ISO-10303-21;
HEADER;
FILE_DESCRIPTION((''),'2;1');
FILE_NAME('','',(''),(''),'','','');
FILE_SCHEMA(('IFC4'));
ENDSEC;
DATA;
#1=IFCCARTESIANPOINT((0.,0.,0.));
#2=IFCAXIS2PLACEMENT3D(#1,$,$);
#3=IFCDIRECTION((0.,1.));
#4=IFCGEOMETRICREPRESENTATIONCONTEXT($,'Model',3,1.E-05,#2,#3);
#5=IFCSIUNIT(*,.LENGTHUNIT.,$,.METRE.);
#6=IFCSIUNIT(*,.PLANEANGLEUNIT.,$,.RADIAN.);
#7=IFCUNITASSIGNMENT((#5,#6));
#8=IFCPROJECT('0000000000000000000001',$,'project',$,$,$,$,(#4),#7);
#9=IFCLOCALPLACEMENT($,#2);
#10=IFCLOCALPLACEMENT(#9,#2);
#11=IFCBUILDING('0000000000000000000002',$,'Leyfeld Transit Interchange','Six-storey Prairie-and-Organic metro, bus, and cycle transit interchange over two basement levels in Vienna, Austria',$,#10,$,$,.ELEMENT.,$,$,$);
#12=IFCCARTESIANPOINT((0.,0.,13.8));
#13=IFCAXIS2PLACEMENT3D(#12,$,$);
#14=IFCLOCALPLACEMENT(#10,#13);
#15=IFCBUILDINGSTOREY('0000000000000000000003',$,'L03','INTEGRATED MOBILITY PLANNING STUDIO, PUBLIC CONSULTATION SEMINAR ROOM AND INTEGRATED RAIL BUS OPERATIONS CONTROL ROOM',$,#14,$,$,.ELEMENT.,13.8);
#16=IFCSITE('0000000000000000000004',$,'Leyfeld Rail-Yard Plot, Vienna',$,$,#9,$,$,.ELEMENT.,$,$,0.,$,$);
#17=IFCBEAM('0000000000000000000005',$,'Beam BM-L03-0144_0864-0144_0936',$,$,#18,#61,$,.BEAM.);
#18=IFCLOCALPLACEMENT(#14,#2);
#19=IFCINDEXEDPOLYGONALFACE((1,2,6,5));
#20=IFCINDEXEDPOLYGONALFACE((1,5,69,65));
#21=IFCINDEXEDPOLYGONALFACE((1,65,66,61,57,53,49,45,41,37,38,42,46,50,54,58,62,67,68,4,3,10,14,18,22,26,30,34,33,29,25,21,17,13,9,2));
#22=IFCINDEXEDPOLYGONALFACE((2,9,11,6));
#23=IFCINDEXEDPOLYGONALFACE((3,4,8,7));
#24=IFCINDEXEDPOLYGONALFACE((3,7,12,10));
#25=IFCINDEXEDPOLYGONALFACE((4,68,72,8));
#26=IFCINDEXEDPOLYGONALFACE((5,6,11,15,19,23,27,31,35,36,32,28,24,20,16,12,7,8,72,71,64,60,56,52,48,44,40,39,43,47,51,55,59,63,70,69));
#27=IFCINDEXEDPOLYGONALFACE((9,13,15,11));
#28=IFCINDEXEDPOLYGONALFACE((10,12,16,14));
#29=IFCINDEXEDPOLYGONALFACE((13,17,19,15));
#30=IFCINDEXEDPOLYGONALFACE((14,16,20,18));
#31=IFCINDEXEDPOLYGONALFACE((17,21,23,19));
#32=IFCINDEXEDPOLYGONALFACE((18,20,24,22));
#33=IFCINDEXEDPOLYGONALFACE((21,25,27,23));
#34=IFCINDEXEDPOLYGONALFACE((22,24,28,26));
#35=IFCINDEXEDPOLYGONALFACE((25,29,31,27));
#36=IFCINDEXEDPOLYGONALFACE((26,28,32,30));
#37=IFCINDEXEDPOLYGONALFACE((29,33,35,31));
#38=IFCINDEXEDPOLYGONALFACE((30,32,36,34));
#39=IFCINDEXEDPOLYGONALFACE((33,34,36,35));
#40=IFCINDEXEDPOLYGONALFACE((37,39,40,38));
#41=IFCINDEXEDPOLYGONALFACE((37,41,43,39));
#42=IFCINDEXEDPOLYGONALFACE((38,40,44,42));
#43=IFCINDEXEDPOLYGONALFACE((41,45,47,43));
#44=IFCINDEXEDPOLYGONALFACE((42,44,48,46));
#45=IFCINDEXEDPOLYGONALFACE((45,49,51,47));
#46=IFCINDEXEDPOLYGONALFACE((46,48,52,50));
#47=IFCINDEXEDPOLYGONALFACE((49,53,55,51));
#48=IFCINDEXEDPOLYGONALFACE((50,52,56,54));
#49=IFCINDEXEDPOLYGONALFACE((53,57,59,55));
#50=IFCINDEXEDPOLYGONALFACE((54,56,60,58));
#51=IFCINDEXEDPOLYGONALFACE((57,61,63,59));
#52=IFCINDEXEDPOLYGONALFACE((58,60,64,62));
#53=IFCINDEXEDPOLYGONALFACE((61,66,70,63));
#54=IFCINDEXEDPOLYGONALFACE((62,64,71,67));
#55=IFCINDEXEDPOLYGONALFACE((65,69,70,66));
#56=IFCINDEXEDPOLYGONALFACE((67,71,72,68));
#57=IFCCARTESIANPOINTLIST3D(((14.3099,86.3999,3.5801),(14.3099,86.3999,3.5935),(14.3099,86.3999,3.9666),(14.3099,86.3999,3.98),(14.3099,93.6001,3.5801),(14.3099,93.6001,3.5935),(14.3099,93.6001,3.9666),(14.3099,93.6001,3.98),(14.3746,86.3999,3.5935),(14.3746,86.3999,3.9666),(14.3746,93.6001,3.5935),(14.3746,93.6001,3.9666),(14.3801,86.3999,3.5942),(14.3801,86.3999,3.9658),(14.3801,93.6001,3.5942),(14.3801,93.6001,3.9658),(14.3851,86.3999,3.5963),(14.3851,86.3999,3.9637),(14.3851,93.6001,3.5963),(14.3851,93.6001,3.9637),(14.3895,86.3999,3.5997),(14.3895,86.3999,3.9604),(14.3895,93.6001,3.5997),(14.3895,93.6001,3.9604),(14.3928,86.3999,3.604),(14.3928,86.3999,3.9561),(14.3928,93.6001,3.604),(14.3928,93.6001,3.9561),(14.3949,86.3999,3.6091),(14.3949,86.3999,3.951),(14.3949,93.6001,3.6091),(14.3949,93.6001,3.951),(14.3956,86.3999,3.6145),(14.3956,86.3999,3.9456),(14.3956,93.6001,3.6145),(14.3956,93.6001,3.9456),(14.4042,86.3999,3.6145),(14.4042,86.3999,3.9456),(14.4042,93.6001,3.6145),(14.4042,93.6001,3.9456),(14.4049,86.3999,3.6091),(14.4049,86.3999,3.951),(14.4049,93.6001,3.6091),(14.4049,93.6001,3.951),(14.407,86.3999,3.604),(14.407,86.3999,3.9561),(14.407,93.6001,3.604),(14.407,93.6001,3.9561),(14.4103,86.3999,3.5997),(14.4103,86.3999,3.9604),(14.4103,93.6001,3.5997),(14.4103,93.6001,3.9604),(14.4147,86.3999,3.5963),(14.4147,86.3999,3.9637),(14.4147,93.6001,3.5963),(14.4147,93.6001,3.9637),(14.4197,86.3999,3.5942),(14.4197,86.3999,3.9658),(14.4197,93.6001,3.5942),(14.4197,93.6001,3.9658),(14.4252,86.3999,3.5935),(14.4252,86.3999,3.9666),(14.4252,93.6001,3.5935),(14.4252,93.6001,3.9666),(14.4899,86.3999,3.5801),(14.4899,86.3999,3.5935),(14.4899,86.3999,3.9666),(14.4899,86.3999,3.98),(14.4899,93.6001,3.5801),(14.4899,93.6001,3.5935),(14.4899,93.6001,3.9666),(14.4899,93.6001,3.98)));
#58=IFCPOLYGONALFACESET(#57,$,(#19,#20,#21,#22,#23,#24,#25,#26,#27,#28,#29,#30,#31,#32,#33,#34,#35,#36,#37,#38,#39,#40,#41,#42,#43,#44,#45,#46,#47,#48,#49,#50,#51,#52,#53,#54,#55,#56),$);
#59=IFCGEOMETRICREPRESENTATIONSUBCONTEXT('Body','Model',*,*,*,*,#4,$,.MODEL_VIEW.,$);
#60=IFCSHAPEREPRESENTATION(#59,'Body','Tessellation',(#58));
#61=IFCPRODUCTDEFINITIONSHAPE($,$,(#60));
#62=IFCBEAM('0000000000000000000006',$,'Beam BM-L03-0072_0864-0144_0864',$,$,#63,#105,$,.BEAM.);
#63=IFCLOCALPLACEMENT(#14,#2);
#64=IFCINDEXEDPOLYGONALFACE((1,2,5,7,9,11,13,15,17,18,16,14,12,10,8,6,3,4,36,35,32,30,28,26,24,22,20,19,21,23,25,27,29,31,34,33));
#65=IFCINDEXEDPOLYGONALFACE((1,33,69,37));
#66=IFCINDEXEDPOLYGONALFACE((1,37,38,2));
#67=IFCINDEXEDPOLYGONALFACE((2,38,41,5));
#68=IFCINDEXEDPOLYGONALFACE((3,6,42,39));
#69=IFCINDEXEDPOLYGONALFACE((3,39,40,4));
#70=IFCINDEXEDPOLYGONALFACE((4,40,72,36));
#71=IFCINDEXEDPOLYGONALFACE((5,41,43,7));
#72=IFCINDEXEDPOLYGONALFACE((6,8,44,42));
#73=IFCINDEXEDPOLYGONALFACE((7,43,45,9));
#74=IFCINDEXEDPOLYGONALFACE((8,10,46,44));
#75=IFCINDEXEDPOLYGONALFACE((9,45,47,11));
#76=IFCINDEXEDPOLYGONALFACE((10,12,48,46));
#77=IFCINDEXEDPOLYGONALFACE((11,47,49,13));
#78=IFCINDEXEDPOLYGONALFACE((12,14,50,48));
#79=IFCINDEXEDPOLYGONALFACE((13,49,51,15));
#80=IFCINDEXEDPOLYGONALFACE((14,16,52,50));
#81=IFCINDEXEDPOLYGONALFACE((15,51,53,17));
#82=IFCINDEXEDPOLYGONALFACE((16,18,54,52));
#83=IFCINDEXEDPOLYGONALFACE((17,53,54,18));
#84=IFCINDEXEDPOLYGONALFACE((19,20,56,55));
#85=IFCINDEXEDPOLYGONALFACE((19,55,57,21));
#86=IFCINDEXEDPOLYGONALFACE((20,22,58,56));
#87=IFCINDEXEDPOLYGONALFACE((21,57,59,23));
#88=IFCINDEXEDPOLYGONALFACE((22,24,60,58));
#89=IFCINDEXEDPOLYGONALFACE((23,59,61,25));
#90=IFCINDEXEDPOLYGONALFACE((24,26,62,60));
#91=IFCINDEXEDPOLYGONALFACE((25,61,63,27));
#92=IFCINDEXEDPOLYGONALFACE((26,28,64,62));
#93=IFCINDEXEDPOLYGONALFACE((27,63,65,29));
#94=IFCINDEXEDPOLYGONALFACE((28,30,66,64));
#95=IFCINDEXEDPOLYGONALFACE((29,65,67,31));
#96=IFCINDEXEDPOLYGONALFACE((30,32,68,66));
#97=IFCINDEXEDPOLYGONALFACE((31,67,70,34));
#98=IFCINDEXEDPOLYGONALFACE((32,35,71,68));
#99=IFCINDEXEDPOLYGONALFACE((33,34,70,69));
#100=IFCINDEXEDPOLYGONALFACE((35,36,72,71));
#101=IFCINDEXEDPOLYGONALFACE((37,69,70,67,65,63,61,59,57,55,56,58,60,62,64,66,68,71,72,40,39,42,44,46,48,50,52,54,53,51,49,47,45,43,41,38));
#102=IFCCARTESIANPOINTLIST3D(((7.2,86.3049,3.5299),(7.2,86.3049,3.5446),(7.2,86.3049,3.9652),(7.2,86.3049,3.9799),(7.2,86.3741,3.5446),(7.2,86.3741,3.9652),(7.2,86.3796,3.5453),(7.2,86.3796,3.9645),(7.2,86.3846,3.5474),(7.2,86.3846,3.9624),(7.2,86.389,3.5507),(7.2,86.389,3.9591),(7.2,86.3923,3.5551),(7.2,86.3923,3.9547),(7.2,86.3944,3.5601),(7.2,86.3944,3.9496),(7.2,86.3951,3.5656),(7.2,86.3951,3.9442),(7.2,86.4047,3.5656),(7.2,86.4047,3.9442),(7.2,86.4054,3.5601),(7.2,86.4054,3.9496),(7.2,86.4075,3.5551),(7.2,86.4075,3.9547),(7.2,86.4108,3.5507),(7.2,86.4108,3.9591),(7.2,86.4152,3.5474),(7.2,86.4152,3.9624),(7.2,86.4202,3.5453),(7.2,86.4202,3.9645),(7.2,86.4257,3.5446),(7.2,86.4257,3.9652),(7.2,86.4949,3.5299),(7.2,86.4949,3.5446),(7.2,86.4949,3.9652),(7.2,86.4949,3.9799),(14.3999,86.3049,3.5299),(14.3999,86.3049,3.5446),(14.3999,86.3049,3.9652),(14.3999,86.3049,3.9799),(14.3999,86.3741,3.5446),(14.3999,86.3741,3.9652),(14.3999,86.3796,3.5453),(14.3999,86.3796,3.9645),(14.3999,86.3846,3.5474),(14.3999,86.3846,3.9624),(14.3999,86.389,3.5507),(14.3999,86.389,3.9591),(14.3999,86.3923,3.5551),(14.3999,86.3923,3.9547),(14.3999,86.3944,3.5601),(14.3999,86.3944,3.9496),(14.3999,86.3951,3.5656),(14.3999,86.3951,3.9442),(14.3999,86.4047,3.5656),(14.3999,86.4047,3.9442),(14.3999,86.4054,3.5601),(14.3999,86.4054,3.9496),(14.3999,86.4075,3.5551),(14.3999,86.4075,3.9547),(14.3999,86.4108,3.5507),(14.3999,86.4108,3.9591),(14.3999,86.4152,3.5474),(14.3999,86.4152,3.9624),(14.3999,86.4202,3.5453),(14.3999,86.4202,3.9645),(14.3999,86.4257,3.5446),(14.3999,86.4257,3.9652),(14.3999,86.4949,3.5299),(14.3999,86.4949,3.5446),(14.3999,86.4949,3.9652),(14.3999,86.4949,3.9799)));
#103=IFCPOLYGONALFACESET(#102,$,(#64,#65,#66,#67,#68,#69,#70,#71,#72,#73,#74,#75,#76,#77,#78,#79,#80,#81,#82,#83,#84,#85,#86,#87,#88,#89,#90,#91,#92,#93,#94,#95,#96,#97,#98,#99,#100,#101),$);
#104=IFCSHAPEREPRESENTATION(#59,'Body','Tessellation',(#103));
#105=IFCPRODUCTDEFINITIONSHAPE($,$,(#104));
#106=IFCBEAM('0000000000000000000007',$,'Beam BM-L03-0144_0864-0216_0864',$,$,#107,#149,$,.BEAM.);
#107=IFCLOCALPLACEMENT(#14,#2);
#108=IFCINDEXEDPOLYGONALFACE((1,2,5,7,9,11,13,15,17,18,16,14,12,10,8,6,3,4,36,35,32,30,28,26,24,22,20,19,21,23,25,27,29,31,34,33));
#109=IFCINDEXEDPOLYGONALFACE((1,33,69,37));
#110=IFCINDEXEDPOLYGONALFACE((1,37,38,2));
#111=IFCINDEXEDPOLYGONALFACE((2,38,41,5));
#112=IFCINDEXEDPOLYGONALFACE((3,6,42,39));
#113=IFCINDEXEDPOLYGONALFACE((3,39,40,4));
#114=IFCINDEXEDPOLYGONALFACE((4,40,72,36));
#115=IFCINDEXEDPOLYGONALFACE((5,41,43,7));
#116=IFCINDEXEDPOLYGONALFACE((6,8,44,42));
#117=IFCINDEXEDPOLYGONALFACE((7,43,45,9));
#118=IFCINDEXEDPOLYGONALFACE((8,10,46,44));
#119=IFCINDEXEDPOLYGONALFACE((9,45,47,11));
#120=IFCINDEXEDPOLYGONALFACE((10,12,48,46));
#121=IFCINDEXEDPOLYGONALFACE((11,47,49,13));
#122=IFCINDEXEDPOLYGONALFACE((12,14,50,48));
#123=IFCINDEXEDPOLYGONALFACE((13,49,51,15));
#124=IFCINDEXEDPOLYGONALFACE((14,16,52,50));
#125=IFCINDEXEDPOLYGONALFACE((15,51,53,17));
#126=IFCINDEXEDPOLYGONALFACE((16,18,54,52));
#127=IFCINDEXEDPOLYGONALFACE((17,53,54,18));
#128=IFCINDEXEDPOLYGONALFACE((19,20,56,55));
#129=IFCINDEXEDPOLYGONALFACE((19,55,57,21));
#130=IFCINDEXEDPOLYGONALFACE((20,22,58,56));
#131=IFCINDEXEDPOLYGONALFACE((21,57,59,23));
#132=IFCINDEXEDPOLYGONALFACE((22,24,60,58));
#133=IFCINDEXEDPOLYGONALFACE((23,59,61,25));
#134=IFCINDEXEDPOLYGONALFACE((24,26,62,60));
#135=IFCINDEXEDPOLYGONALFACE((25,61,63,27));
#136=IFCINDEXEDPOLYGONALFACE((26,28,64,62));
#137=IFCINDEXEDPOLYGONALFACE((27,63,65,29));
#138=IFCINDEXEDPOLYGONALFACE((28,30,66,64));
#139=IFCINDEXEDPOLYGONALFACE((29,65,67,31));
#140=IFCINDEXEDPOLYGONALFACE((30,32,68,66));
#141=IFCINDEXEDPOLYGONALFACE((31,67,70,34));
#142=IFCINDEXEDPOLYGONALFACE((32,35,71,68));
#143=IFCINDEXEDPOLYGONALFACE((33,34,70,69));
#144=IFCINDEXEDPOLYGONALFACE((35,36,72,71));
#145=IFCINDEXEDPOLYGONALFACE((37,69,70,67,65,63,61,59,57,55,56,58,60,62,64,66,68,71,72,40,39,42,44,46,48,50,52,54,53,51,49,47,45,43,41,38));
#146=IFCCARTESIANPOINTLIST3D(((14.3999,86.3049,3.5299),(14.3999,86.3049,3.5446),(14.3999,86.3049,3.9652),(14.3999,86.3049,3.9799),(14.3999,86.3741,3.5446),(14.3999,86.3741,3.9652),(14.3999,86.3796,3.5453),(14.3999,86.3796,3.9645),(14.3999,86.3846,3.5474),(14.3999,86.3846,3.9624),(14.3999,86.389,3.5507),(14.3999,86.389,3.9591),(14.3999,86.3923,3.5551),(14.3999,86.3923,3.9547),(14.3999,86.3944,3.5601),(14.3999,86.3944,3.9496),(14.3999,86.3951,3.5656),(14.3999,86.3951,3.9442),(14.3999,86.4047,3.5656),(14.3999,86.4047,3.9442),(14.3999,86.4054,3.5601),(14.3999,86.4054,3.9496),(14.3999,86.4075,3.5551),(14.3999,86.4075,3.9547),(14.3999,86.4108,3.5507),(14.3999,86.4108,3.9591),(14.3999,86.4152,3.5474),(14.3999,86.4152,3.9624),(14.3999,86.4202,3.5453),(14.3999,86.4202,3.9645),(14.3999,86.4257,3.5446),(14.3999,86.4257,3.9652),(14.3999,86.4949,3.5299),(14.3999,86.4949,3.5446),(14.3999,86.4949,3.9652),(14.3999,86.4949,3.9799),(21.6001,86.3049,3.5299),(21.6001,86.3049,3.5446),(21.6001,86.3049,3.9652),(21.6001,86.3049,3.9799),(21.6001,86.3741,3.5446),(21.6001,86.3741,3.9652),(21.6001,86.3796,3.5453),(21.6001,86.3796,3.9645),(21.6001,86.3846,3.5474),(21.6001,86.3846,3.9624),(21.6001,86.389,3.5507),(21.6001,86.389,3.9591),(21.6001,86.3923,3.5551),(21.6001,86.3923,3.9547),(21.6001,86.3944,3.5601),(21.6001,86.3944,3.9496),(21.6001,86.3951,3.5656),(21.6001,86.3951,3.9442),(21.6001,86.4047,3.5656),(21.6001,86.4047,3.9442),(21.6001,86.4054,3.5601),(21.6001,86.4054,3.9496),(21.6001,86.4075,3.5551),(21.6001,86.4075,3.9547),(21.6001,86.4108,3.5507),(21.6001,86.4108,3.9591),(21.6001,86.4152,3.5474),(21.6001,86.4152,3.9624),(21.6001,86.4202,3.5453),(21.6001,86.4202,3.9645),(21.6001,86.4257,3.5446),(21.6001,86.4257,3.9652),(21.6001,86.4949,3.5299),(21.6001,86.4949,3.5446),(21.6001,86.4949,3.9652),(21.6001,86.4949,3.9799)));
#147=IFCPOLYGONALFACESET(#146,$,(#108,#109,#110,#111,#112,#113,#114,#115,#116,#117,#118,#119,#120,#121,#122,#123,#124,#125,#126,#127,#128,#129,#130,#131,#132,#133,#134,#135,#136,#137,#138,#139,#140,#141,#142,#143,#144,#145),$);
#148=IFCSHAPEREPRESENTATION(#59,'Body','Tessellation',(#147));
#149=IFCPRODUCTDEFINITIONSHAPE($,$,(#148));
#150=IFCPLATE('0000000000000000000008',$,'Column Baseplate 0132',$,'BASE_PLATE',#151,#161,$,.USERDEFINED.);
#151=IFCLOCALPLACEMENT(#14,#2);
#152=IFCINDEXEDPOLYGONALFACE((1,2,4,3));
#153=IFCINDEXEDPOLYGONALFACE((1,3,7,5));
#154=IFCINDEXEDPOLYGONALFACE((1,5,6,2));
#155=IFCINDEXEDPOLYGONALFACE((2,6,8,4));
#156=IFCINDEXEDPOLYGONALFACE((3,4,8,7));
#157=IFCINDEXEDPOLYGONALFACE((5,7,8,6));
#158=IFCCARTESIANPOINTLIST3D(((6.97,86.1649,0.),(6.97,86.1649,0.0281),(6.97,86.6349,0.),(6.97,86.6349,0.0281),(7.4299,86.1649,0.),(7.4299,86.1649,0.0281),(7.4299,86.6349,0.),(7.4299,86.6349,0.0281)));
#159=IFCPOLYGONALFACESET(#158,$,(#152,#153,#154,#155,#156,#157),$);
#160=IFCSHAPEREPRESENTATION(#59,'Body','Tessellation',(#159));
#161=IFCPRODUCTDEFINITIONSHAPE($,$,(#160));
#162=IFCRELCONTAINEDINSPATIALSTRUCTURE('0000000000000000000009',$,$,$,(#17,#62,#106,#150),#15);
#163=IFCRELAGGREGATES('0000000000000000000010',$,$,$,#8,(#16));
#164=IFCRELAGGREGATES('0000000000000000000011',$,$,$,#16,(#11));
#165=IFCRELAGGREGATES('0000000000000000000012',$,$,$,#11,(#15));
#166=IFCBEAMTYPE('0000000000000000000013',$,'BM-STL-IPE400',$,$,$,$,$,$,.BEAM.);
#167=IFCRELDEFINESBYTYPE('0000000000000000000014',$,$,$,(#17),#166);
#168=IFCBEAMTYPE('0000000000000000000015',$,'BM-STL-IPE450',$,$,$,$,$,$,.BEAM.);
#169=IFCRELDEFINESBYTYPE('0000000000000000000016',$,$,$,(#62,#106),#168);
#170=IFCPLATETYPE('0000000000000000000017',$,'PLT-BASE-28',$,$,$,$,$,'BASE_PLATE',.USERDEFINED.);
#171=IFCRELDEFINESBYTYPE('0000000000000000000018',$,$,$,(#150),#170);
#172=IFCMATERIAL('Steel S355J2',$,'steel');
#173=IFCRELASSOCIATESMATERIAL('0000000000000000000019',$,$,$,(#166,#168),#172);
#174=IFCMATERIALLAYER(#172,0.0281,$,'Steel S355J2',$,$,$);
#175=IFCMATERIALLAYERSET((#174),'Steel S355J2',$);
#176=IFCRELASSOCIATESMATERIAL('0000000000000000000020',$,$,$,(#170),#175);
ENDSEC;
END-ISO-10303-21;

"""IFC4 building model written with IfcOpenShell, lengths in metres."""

from ifc_helpers import new_model, si_unit, direction, frame, origin, origin_2d, place, context, subcontext, project, spatial, rectangle, i_section, extrude, material, layer, layer_set, material_profile, profile_set, type_object, element, save


model = new_model("IFC4")

# Units and contexts
model_context = context("Model", 3, precision=1e-05, world=origin(), true_north=direction((0.0, 1.0)))
body_context = subcontext(model_context, "Body", "Model", "MODEL_VIEW")
ifc_project = project(units=[si_unit("LENGTHUNIT", "METRE"), si_unit("PLANEANGLEUNIT", "RADIAN")], contexts=[model_context])

# Site, building, storey
site_placement = place(None, origin())
site = spatial("IfcSite", under=ifc_project, at=site_placement, Name="Leyfeld Rail-Yard Plot, Vienna", CompositionType="ELEMENT", RefElevation=0.0)
building_placement = place(site_placement, origin())
building = spatial("IfcBuilding", under=site, at=building_placement, Name="Leyfeld Transit Interchange", Description="Six-storey Prairie-and-Organic metro, bus, and cycle transit interchange over two basement levels in Vienna, Austria", CompositionType="ELEMENT")
storey_placement = place(building_placement, frame((0.0, 0.0, 13.8)))
storey = spatial("IfcBuildingStorey", under=building, at=storey_placement, Name="L03", Description="INTEGRATED MOBILITY PLANNING STUDIO, PUBLIC CONSULTATION SEMINAR ROOM AND INTEGRATED RAIL BUS OPERATIONS CONTROL ROOM", CompositionType="ELEMENT", Elevation=13.8)

# Shared definitions
ifc_material_1 = material(Name="Steel S355J2", Category="steel")

# Beams
ifc_material_profile_1 = material_profile(ifc_material_1, i_section(OverallWidth=0.1799, OverallDepth=0.3999, WebThickness=0.0085, FlangeThickness=0.0134, FilletRadius=0.021, at=origin_2d()), Name="IPE 400")
ifc_profile_set_1 = profile_set([ifc_material_profile_1], Name="Steel S355J2")
beam_type_1 = type_object("IfcBeamType", Name="BM-STL-IPE400", PredefinedType="BEAM", material=ifc_profile_set_1)
for number, where, z_axis, x_axis, name in (
    (1, (14.3999, 86.3999, 3.78), (0.0, 1.0, 0.0), (-1.0, 0.0, 0.0), "Beam BM-L03-0144_0864-0144_0936"),
):
    element("IfcBeam", number, at=place(storey_placement, frame(where, z_axis=z_axis, x_axis=x_axis)), inside=storey, type_object=beam_type_1, Name=name, PredefinedType="BEAM", context=body_context, shape_type="SweptSolid", body=[
        extrude(i_section(OverallWidth=0.1799, OverallDepth=0.3999, WebThickness=0.0085, FlangeThickness=0.0134, FilletRadius=0.021, at=origin_2d()), origin(), (0.0, 0.0, 1.0), 7.2002),
    ])
ifc_material_profile_2 = material_profile(ifc_material_1, i_section(OverallWidth=0.1899, OverallDepth=0.45, WebThickness=0.0095, FlangeThickness=0.0146, FilletRadius=0.021, at=origin_2d()), Name="IPE 450")
ifc_profile_set_2 = profile_set([ifc_material_profile_2], Name="Steel S355J2")
beam_type_2 = type_object("IfcBeamType", Name="BM-STL-IPE450", PredefinedType="BEAM", material=ifc_profile_set_2)
beam_1_placement = place(storey_placement, frame((7.2, 86.3999, 3.7549), z_axis=(1.0, 0.0, 0.0), x_axis=(0.0, 1.0, 0.0)))
element("IfcBeam", 2, at=beam_1_placement, inside=storey, type_object=beam_type_2, Name="Beam BM-L03-0072_0864-0144_0864", PredefinedType="BEAM", context=body_context, shape_type="SweptSolid", body=[
    extrude(i_section(OverallWidth=0.1899, OverallDepth=0.45, WebThickness=0.0095, FlangeThickness=0.0146, FilletRadius=0.021, at=origin_2d()), origin(), (0.0, 0.0, 1.0), 7.2),
])
beam_2_placement = place(storey_placement, frame((14.3999, 86.3999, 3.7549), z_axis=(1.0, 0.0, 0.0), x_axis=(0.0, 1.0, 0.0)))
element("IfcBeam", 3, at=beam_2_placement, inside=storey, type_object=beam_type_2, Name="Beam BM-L03-0144_0864-0216_0864", PredefinedType="BEAM", context=body_context, shape_type="SweptSolid", body=[
    extrude(i_section(OverallWidth=0.1899, OverallDepth=0.45, WebThickness=0.0095, FlangeThickness=0.0146, FilletRadius=0.021, at=origin_2d()), origin(), (0.0, 0.0, 1.0), 7.2002),
])

# Plate
ifc_layer_1 = layer(ifc_material_1, 0.0281, Name="Steel S355J2")
ifc_layer_set_1 = layer_set([ifc_layer_1], Name="Steel S355J2")
plate_type = type_object("IfcPlateType", Name="PLT-BASE-28", ElementType="BASE_PLATE", PredefinedType="USERDEFINED", material=ifc_layer_set_1)
plate_placement = place(storey_placement, frame((7.2, 86.3999, 0.0), z_axis=(0.0, 0.0, 1.0), x_axis=(1.0, 0.0, 0.0)))
element("IfcPlate", 4, at=plate_placement, inside=storey, type_object=plate_type, Name="Column Baseplate 0132", ObjectType="BASE_PLATE", PredefinedType="USERDEFINED", context=body_context, shape_type="SweptSolid", body=[
    extrude(rectangle(XDim=0.46, YDim=0.47, at=origin_2d()), origin(), (0.0, 0.0, 1.0), 0.0281),
])

save(model, "model.ifc")
